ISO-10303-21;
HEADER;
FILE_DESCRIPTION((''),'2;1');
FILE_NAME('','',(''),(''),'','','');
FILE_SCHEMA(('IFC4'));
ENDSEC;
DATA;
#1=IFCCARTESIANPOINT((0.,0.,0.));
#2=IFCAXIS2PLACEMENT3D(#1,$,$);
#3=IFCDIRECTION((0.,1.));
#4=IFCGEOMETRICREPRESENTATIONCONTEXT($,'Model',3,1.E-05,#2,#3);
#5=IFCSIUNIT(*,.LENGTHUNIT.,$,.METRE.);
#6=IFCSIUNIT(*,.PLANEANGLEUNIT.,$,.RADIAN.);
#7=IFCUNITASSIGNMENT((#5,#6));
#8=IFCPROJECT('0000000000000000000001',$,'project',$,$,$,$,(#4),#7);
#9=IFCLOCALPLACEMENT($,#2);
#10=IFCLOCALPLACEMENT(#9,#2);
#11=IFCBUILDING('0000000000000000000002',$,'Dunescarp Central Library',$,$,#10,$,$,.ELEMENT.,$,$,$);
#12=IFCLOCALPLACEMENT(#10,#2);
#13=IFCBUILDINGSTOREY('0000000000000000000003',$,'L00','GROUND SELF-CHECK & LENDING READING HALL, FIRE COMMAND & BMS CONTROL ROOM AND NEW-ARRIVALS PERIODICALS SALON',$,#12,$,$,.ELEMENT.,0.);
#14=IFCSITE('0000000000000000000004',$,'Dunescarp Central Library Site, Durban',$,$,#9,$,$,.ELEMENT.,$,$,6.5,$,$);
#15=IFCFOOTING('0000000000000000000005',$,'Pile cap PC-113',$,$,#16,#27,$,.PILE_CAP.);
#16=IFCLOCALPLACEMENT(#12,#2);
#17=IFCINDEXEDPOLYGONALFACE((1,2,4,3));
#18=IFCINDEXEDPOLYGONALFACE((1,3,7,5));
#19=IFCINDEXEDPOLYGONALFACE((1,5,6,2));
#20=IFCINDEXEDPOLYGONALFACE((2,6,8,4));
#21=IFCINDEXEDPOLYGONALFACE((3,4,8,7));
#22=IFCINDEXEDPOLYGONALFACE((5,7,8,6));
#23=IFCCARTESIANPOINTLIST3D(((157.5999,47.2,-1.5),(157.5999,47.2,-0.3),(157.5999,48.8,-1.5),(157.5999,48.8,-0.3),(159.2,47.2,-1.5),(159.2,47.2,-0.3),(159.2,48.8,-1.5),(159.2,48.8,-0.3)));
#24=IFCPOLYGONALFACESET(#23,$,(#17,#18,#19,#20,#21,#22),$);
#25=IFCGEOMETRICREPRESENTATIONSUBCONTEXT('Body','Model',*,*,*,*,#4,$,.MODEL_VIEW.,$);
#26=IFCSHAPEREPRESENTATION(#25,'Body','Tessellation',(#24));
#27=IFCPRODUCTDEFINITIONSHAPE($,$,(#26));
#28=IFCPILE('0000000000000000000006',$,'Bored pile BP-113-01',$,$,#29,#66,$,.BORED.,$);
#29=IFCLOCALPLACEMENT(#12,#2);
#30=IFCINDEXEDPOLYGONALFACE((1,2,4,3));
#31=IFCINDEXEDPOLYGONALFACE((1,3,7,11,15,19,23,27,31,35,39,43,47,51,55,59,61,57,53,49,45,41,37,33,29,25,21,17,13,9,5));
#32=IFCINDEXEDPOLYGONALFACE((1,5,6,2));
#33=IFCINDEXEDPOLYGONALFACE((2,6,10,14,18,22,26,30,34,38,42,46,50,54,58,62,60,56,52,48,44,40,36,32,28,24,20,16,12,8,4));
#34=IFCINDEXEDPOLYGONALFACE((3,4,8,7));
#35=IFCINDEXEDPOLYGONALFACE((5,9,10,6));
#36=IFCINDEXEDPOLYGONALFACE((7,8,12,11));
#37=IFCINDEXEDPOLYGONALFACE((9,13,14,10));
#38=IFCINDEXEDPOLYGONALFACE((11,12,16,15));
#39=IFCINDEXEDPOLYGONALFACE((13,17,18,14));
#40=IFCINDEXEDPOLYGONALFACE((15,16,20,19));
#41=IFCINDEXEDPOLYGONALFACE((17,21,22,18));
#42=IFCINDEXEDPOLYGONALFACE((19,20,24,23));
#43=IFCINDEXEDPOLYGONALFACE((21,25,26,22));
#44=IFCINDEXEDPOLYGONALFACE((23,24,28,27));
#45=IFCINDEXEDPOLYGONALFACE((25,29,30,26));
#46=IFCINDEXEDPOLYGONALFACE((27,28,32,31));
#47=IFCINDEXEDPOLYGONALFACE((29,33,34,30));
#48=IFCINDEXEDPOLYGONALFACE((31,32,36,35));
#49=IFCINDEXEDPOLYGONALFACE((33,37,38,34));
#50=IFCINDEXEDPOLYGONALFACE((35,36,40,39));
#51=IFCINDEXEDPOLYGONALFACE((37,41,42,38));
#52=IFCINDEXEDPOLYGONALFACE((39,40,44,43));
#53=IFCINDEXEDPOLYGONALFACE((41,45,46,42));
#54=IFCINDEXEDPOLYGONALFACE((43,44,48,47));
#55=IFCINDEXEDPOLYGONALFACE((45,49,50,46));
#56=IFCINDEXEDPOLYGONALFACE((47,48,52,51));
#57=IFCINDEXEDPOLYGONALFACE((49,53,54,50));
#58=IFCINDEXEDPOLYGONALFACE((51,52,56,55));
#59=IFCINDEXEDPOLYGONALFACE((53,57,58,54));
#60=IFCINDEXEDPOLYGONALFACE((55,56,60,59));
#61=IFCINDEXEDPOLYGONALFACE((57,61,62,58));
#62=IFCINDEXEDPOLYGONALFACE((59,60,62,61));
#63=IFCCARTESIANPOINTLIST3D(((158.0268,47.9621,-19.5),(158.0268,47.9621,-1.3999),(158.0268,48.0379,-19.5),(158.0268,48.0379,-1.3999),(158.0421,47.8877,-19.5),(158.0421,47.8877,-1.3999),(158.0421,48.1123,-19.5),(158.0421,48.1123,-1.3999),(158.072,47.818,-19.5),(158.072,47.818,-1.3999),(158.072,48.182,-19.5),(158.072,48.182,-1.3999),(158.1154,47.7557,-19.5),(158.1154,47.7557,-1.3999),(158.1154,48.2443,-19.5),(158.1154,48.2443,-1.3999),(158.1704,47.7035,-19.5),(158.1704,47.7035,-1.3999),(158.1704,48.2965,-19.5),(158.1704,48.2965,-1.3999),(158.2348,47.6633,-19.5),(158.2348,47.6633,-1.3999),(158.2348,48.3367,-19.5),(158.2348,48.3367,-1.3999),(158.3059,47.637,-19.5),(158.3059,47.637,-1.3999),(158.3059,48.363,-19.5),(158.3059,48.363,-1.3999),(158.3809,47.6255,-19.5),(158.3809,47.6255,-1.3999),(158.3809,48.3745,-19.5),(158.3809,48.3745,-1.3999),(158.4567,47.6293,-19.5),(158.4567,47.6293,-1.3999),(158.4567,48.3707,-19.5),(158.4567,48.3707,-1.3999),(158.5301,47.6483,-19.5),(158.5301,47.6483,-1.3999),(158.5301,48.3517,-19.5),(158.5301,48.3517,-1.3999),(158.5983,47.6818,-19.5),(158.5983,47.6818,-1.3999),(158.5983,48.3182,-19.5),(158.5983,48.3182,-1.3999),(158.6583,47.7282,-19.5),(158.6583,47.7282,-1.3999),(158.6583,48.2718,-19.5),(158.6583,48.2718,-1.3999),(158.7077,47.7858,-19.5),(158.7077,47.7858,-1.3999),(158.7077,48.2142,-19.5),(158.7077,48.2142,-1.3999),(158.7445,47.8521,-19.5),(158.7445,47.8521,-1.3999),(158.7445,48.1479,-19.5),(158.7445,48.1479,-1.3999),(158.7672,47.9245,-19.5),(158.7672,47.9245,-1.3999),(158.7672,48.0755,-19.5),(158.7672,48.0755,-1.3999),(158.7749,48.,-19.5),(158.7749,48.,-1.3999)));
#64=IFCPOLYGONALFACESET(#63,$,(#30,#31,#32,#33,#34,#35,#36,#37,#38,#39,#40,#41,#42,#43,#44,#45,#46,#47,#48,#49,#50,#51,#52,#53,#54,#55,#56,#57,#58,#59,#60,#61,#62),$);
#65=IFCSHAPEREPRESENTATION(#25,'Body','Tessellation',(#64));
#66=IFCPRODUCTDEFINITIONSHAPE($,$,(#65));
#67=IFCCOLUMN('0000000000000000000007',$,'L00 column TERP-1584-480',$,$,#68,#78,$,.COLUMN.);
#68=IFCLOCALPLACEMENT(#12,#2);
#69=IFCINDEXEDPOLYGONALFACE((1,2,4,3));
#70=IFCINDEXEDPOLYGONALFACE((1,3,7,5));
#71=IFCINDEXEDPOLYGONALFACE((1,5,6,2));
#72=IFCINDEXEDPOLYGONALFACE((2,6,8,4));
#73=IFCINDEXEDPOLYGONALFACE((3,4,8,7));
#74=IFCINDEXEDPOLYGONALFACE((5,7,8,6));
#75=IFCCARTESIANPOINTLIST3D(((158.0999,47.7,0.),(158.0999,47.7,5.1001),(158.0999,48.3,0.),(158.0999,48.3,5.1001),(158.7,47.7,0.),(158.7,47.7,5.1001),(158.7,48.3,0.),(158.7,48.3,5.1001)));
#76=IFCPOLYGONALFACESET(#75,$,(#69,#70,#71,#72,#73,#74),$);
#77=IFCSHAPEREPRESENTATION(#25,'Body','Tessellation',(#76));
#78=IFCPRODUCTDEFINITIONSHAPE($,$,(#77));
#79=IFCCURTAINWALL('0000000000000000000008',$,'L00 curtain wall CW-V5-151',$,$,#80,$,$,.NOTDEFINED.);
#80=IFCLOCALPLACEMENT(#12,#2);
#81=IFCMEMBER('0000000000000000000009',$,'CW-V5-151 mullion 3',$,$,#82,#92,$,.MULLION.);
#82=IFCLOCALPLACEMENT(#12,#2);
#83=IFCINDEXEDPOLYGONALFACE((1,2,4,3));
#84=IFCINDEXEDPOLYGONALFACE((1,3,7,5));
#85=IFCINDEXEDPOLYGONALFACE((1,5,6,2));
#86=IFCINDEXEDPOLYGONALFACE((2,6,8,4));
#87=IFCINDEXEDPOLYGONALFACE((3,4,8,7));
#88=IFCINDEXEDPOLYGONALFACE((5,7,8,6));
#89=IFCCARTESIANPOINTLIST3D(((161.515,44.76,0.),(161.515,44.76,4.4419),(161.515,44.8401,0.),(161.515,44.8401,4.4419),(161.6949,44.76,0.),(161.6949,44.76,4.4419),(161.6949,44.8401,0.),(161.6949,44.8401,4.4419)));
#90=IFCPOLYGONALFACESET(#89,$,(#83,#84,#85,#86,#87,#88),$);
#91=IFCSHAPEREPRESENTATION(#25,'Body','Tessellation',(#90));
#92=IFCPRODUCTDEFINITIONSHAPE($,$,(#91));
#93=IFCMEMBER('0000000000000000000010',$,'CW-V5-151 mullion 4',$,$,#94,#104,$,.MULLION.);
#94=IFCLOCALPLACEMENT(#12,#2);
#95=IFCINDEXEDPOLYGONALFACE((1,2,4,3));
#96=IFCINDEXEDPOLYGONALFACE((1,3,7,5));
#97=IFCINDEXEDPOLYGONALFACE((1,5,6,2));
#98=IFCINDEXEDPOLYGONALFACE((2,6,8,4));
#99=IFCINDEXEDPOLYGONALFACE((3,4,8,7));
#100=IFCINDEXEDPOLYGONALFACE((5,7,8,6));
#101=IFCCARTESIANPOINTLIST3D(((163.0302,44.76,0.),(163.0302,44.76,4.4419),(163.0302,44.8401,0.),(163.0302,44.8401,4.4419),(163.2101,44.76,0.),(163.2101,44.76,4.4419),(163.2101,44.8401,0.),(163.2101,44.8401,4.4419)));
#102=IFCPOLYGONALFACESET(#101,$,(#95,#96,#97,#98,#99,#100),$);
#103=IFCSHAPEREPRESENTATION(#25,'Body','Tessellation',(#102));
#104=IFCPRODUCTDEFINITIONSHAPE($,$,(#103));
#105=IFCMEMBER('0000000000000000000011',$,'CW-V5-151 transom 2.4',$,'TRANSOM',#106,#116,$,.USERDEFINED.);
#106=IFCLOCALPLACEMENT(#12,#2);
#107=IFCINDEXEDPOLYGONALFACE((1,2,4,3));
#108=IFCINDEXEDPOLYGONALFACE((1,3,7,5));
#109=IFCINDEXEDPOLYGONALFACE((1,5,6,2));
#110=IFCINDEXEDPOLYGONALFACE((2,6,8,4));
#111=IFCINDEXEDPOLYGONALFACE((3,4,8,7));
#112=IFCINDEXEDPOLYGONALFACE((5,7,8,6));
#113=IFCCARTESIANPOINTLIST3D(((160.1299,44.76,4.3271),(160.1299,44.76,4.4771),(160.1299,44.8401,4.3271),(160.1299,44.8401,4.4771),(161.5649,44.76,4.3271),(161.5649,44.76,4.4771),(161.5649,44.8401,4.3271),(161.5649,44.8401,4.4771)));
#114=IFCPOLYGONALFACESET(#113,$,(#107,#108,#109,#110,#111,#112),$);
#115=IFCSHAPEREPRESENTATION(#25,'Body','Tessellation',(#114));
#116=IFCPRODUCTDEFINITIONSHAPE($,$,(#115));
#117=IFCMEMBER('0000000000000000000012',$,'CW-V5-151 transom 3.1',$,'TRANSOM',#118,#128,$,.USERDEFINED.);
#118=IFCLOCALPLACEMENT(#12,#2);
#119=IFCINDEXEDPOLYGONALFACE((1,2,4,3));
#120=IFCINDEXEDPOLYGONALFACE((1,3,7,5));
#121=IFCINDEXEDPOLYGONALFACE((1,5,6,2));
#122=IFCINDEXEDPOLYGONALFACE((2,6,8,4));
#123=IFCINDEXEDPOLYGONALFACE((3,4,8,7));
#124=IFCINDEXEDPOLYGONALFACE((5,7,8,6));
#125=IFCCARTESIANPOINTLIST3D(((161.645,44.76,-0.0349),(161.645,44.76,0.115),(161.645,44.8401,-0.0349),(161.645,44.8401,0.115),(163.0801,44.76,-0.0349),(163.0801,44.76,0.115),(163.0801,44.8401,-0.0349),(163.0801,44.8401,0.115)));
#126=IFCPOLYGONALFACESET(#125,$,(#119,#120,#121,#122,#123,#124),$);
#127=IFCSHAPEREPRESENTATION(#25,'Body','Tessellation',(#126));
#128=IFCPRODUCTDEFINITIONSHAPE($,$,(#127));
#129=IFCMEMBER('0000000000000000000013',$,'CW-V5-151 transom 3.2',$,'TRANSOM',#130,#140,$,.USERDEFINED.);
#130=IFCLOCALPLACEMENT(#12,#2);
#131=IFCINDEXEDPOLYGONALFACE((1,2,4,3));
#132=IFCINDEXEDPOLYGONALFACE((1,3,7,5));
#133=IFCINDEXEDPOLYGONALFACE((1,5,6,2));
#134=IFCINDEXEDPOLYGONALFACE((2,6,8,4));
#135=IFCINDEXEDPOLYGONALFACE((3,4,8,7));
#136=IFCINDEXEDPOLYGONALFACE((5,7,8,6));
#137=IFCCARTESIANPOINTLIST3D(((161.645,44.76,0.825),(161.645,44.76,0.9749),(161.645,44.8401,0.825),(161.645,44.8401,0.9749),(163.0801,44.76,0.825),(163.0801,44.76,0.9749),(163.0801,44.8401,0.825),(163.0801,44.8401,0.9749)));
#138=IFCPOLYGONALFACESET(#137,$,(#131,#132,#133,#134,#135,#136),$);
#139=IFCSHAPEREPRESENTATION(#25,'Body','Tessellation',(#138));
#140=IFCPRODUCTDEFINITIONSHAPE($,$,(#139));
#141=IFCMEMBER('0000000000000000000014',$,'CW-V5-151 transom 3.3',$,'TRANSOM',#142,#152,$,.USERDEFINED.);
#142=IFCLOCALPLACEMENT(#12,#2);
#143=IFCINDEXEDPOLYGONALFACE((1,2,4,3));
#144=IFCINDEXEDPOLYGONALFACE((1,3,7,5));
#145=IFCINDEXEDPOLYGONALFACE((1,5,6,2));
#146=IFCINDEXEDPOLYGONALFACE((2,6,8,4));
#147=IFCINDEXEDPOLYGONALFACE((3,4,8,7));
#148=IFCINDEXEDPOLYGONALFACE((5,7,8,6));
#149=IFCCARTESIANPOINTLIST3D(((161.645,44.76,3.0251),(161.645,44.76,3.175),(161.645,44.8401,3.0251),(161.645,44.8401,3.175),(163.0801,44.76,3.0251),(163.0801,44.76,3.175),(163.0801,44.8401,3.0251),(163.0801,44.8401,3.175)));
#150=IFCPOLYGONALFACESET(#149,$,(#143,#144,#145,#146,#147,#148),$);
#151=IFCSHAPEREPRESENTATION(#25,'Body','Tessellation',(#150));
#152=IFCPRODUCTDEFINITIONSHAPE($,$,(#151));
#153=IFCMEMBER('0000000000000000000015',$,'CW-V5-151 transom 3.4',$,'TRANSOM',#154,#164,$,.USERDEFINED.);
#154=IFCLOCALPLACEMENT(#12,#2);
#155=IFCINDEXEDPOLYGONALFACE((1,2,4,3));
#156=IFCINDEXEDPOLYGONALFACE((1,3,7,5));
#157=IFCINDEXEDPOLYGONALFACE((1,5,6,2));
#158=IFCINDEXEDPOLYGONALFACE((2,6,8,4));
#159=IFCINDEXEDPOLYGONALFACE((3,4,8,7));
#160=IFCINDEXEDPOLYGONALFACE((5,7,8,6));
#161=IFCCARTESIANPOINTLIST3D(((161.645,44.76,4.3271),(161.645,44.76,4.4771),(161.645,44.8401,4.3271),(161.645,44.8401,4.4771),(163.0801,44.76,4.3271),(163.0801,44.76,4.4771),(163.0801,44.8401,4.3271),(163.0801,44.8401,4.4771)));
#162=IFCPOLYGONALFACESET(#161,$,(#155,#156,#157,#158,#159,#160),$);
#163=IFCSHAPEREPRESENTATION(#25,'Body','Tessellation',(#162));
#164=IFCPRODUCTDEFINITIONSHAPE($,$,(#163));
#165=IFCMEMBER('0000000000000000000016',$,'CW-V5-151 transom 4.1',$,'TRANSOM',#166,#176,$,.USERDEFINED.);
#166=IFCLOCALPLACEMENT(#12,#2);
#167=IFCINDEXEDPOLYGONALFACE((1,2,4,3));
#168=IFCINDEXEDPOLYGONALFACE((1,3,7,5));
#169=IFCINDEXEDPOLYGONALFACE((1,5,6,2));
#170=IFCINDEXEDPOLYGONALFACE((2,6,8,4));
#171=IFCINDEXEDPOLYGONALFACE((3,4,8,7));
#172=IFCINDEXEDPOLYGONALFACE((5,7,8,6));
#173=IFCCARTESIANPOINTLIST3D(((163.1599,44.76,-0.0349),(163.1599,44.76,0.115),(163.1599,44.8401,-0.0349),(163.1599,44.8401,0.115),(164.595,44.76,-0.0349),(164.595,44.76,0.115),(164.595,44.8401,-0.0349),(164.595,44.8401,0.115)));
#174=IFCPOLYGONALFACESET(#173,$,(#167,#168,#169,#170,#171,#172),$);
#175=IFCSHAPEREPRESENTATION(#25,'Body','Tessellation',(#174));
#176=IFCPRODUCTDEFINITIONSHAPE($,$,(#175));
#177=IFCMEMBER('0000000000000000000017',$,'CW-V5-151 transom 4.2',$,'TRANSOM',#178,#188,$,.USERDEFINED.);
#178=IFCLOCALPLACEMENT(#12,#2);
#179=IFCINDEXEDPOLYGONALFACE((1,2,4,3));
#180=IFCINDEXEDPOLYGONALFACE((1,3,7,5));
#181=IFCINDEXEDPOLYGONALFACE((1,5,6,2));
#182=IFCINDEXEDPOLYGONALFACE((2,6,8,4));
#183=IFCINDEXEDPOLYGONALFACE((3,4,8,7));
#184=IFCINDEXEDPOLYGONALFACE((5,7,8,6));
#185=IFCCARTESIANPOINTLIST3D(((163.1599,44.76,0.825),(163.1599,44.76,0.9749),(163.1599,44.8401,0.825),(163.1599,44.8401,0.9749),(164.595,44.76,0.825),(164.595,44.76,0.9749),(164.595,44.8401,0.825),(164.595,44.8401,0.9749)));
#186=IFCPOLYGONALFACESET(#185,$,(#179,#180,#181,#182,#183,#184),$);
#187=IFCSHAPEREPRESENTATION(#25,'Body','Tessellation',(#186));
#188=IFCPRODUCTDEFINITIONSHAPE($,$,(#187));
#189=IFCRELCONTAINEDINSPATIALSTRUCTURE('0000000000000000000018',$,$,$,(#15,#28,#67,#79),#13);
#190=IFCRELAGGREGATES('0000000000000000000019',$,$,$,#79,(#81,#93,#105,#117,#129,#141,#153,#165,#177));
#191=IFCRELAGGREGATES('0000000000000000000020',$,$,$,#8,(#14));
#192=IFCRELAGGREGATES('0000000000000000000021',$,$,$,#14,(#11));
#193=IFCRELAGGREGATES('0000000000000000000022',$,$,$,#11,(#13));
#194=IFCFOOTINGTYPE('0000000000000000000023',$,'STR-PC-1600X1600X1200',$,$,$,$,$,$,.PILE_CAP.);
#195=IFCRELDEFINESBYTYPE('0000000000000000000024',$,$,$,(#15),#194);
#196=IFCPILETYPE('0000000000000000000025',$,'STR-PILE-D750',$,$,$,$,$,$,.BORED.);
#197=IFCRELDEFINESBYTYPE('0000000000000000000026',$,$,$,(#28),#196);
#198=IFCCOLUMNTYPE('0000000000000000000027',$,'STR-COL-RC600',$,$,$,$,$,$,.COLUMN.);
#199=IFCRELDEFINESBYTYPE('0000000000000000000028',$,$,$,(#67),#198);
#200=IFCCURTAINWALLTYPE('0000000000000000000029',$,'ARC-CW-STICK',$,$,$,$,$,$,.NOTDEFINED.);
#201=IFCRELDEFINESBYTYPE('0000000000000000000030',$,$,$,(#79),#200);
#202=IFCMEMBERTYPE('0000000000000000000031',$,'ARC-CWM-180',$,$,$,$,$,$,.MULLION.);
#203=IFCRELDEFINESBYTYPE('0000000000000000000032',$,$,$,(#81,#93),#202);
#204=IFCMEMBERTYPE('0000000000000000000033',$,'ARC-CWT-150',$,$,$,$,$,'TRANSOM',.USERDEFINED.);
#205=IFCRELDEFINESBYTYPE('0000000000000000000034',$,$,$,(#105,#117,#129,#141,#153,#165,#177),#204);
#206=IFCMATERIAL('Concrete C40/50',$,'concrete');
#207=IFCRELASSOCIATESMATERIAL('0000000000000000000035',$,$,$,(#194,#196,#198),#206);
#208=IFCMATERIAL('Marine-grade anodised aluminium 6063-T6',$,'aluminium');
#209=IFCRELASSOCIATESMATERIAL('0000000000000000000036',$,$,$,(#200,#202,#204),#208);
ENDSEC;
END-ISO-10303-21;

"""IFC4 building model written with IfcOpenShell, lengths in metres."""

from ifc_helpers import new_model, si_unit, direction, frame, origin, origin_2d, place, context, subcontext, project, spatial, rectangle, circle, extrude, material, material_profile, profile_set, type_object, element, aggregate, save


model = new_model("IFC4")

# Units and contexts
model_context = context("Model", 3, precision=1e-05, world=origin(), true_north=direction((0.0, 1.0)))
body_context = subcontext(model_context, "Body", "Model", "MODEL_VIEW")
ifc_project = project(units=[si_unit("LENGTHUNIT", "METRE"), si_unit("PLANEANGLEUNIT", "RADIAN")], contexts=[model_context])

# Site, building, storey
site_placement = place(None, origin())
site = spatial("IfcSite", under=ifc_project, at=site_placement, Name="Dunescarp Central Library Site, Durban", CompositionType="ELEMENT", RefElevation=6.5)
building_placement = place(site_placement, origin())
building = spatial("IfcBuilding", under=site, at=building_placement, Name="Dunescarp Central Library", CompositionType="ELEMENT")
storey_placement = place(building_placement, origin())
storey = spatial("IfcBuildingStorey", under=building, at=storey_placement, Name="L00", Description="GROUND SELF-CHECK & LENDING READING HALL, FIRE COMMAND & BMS CONTROL ROOM AND NEW-ARRIVALS PERIODICALS SALON", CompositionType="ELEMENT", Elevation=0.0)

# Footing
ifc_material_1 = material(Name="Concrete C40/50", Category="concrete")
footing_type = type_object("IfcFootingType", Name="STR-PC-1600X1600X1200", PredefinedType="PILE_CAP", material=ifc_material_1)
footing_placement = place(storey_placement, frame((158.3999, 48.0, -1.5), z_axis=(0.0, 0.0, 1.0), x_axis=(1.0, 0.0, 0.0)))
element("IfcFooting", 1, at=footing_placement, inside=storey, type_object=footing_type, Name="Pile cap PC-113", PredefinedType="PILE_CAP", context=body_context, shape_type="SweptSolid", body=[
    extrude(rectangle(XDim=1.6001, YDim=1.6001, at=origin_2d()), origin(), (0.0, 0.0, 1.0), 1.2),
])

# Pile
ifc_material_profile_1 = material_profile(ifc_material_1, circle(Radius=0.375, at=origin_2d()), Name="PILE D750")
ifc_profile_set_1 = profile_set([ifc_material_profile_1], Name="Concrete C40/50")
pile_type = type_object("IfcPileType", Name="STR-PILE-D750", PredefinedType="BORED", material=ifc_profile_set_1)
pile_placement = place(storey_placement, frame((158.3999, 48.0, -1.3999), z_axis=(0.0, 0.0, -1.0), x_axis=(1.0, 0.0, 0.0)))
element("IfcPile", 2, at=pile_placement, inside=storey, type_object=pile_type, Name="Bored pile BP-113-01", PredefinedType="BORED", context=body_context, shape_type="SweptSolid", body=[
    extrude(circle(Radius=0.375, at=origin_2d()), origin(), (0.0, 0.0, 1.0), 18.1001),
])

# Column
ifc_material_profile_2 = material_profile(ifc_material_1, rectangle(XDim=0.6001, YDim=0.6001, at=origin_2d()), Name="RC 600x600")
ifc_profile_set_2 = profile_set([ifc_material_profile_2], Name="Concrete C40/50")
column_type = type_object("IfcColumnType", Name="STR-COL-RC600", PredefinedType="COLUMN", material=ifc_profile_set_2)
column_placement = place(storey_placement, frame((158.3999, 48.0, 0.0), z_axis=(0.0, 0.0, 1.0), x_axis=(1.0, 0.0, 0.0)))
element("IfcColumn", 3, at=column_placement, inside=storey, type_object=column_type, Name="L00 column TERP-1584-480", PredefinedType="COLUMN", context=body_context, shape_type="SweptSolid", body=[
    extrude(rectangle(XDim=0.6001, YDim=0.6001, at=origin_2d()), origin(), (0.0, 0.0, 1.0), 5.1001),
])

# Curtain wall, members
ifc_material_2 = material(Name="Marine-grade anodised aluminium 6063-T6", Category="aluminium")
curtain_wall_type = type_object("IfcCurtainWallType", Name="ARC-CW-STICK", PredefinedType="NOTDEFINED", material=ifc_material_2)
curtain_wall_placement = place(storey_placement, origin())
curtain_wall = element("IfcCurtainWall", 4, at=curtain_wall_placement, inside=storey, type_object=curtain_wall_type, Name="L00 curtain wall CW-V5-151", PredefinedType="NOTDEFINED")
ifc_material_profile_3 = material_profile(ifc_material_2, rectangle(XDim=0.0801, YDim=0.1799, at=origin_2d()), Name="AL 80x180")
ifc_profile_set_3 = profile_set([ifc_material_profile_3], Name="Marine-grade anodised aluminium 6063-T6")
member_type_1 = type_object("IfcMemberType", Name="ARC-CWM-180", PredefinedType="MULLION", material=ifc_profile_set_3)
member_1_placement = place(storey_placement, frame((161.605, 44.8, 0.0), z_axis=(0.0, 0.0, 1.0), x_axis=(0.0, 1.0, 0.0)))
member_1 = element("IfcMember", 5, at=member_1_placement, type_object=member_type_1, Name="CW-V5-151 mullion 3", PredefinedType="MULLION", context=body_context, shape_type="SweptSolid", body=[
    extrude(rectangle(XDim=0.0801, YDim=0.1799, at=origin_2d()), origin(), (0.0, 0.0, 1.0), 4.4419),
])
member_2_placement = place(storey_placement, frame((163.1201, 44.8, 0.0), z_axis=(0.0, 0.0, 1.0), x_axis=(0.0, 1.0, 0.0)))
member_2 = element("IfcMember", 6, at=member_2_placement, type_object=member_type_1, Name="CW-V5-151 mullion 4", PredefinedType="MULLION", context=body_context, shape_type="SweptSolid", body=[
    extrude(rectangle(XDim=0.0801, YDim=0.1799, at=origin_2d()), origin(), (0.0, 0.0, 1.0), 4.4419),
])
ifc_material_profile_4 = material_profile(ifc_material_2, rectangle(XDim=0.0801, YDim=0.1499, at=origin_2d()), Name="AL 80x150")
ifc_profile_set_4 = profile_set([ifc_material_profile_4], Name="Marine-grade anodised aluminium 6063-T6")
member_type_2 = type_object("IfcMemberType", Name="ARC-CWT-150", ElementType="TRANSOM", PredefinedType="USERDEFINED", material=ifc_profile_set_4)
member_3_placement = place(storey_placement, frame((160.1299, 44.8, 4.4021), z_axis=(1.0, 0.0, 0.0), x_axis=(0.0, 1.0, 0.0)))
member_3 = element("IfcMember", 7, at=member_3_placement, type_object=member_type_2, Name="CW-V5-151 transom 2.4", ObjectType="TRANSOM", PredefinedType="USERDEFINED", context=body_context, shape_type="SweptSolid", body=[
    extrude(rectangle(XDim=0.0801, YDim=0.1499, at=origin_2d()), origin(), (0.0, 0.0, 1.0), 1.4351),
])
member_4_placement = place(storey_placement, frame((161.645, 44.8, 0.04), z_axis=(1.0, 0.0, 0.0), x_axis=(0.0, 1.0, 0.0)))
member_4 = element("IfcMember", 8, at=member_4_placement, type_object=member_type_2, Name="CW-V5-151 transom 3.1", ObjectType="TRANSOM", PredefinedType="USERDEFINED", context=body_context, shape_type="SweptSolid", body=[
    extrude(rectangle(XDim=0.0801, YDim=0.1499, at=origin_2d()), origin(), (0.0, 0.0, 1.0), 1.4351),
])
member_5_placement = place(storey_placement, frame((161.645, 44.8, 0.8999), z_axis=(1.0, 0.0, 0.0), x_axis=(0.0, 1.0, 0.0)))
member_5 = element("IfcMember", 9, at=member_5_placement, type_object=member_type_2, Name="CW-V5-151 transom 3.2", ObjectType="TRANSOM", PredefinedType="USERDEFINED", context=body_context, shape_type="SweptSolid", body=[
    extrude(rectangle(XDim=0.0801, YDim=0.1499, at=origin_2d()), origin(), (0.0, 0.0, 1.0), 1.4351),
])
member_6_placement = place(storey_placement, frame((161.645, 44.8, 3.1001), z_axis=(1.0, 0.0, 0.0), x_axis=(0.0, 1.0, 0.0)))
member_6 = element("IfcMember", 10, at=member_6_placement, type_object=member_type_2, Name="CW-V5-151 transom 3.3", ObjectType="TRANSOM", PredefinedType="USERDEFINED", context=body_context, shape_type="SweptSolid", body=[
    extrude(rectangle(XDim=0.0801, YDim=0.1499, at=origin_2d()), origin(), (0.0, 0.0, 1.0), 1.4351),
])
member_7_placement = place(storey_placement, frame((161.645, 44.8, 4.4021), z_axis=(1.0, 0.0, 0.0), x_axis=(0.0, 1.0, 0.0)))
member_7 = element("IfcMember", 11, at=member_7_placement, type_object=member_type_2, Name="CW-V5-151 transom 3.4", ObjectType="TRANSOM", PredefinedType="USERDEFINED", context=body_context, shape_type="SweptSolid", body=[
    extrude(rectangle(XDim=0.0801, YDim=0.1499, at=origin_2d()), origin(), (0.0, 0.0, 1.0), 1.4351),
])
member_8_placement = place(storey_placement, frame((163.1599, 44.8, 0.04), z_axis=(1.0, 0.0, 0.0), x_axis=(0.0, 1.0, 0.0)))
member_8 = element("IfcMember", 12, at=member_8_placement, type_object=member_type_2, Name="CW-V5-151 transom 4.1", ObjectType="TRANSOM", PredefinedType="USERDEFINED", context=body_context, shape_type="SweptSolid", body=[
    extrude(rectangle(XDim=0.0801, YDim=0.1499, at=origin_2d()), origin(), (0.0, 0.0, 1.0), 1.4351),
])
member_9_placement = place(storey_placement, frame((163.1599, 44.8, 0.8999), z_axis=(1.0, 0.0, 0.0), x_axis=(0.0, 1.0, 0.0)))
member_9 = element("IfcMember", 13, at=member_9_placement, type_object=member_type_2, Name="CW-V5-151 transom 4.2", ObjectType="TRANSOM", PredefinedType="USERDEFINED", context=body_context, shape_type="SweptSolid", body=[
    extrude(rectangle(XDim=0.0801, YDim=0.1499, at=origin_2d()), origin(), (0.0, 0.0, 1.0), 1.4351),
])
aggregate(curtain_wall, [member_1, member_2, member_3, member_4, member_5, member_6, member_7, member_8, member_9])

save(model, "model.ifc")
